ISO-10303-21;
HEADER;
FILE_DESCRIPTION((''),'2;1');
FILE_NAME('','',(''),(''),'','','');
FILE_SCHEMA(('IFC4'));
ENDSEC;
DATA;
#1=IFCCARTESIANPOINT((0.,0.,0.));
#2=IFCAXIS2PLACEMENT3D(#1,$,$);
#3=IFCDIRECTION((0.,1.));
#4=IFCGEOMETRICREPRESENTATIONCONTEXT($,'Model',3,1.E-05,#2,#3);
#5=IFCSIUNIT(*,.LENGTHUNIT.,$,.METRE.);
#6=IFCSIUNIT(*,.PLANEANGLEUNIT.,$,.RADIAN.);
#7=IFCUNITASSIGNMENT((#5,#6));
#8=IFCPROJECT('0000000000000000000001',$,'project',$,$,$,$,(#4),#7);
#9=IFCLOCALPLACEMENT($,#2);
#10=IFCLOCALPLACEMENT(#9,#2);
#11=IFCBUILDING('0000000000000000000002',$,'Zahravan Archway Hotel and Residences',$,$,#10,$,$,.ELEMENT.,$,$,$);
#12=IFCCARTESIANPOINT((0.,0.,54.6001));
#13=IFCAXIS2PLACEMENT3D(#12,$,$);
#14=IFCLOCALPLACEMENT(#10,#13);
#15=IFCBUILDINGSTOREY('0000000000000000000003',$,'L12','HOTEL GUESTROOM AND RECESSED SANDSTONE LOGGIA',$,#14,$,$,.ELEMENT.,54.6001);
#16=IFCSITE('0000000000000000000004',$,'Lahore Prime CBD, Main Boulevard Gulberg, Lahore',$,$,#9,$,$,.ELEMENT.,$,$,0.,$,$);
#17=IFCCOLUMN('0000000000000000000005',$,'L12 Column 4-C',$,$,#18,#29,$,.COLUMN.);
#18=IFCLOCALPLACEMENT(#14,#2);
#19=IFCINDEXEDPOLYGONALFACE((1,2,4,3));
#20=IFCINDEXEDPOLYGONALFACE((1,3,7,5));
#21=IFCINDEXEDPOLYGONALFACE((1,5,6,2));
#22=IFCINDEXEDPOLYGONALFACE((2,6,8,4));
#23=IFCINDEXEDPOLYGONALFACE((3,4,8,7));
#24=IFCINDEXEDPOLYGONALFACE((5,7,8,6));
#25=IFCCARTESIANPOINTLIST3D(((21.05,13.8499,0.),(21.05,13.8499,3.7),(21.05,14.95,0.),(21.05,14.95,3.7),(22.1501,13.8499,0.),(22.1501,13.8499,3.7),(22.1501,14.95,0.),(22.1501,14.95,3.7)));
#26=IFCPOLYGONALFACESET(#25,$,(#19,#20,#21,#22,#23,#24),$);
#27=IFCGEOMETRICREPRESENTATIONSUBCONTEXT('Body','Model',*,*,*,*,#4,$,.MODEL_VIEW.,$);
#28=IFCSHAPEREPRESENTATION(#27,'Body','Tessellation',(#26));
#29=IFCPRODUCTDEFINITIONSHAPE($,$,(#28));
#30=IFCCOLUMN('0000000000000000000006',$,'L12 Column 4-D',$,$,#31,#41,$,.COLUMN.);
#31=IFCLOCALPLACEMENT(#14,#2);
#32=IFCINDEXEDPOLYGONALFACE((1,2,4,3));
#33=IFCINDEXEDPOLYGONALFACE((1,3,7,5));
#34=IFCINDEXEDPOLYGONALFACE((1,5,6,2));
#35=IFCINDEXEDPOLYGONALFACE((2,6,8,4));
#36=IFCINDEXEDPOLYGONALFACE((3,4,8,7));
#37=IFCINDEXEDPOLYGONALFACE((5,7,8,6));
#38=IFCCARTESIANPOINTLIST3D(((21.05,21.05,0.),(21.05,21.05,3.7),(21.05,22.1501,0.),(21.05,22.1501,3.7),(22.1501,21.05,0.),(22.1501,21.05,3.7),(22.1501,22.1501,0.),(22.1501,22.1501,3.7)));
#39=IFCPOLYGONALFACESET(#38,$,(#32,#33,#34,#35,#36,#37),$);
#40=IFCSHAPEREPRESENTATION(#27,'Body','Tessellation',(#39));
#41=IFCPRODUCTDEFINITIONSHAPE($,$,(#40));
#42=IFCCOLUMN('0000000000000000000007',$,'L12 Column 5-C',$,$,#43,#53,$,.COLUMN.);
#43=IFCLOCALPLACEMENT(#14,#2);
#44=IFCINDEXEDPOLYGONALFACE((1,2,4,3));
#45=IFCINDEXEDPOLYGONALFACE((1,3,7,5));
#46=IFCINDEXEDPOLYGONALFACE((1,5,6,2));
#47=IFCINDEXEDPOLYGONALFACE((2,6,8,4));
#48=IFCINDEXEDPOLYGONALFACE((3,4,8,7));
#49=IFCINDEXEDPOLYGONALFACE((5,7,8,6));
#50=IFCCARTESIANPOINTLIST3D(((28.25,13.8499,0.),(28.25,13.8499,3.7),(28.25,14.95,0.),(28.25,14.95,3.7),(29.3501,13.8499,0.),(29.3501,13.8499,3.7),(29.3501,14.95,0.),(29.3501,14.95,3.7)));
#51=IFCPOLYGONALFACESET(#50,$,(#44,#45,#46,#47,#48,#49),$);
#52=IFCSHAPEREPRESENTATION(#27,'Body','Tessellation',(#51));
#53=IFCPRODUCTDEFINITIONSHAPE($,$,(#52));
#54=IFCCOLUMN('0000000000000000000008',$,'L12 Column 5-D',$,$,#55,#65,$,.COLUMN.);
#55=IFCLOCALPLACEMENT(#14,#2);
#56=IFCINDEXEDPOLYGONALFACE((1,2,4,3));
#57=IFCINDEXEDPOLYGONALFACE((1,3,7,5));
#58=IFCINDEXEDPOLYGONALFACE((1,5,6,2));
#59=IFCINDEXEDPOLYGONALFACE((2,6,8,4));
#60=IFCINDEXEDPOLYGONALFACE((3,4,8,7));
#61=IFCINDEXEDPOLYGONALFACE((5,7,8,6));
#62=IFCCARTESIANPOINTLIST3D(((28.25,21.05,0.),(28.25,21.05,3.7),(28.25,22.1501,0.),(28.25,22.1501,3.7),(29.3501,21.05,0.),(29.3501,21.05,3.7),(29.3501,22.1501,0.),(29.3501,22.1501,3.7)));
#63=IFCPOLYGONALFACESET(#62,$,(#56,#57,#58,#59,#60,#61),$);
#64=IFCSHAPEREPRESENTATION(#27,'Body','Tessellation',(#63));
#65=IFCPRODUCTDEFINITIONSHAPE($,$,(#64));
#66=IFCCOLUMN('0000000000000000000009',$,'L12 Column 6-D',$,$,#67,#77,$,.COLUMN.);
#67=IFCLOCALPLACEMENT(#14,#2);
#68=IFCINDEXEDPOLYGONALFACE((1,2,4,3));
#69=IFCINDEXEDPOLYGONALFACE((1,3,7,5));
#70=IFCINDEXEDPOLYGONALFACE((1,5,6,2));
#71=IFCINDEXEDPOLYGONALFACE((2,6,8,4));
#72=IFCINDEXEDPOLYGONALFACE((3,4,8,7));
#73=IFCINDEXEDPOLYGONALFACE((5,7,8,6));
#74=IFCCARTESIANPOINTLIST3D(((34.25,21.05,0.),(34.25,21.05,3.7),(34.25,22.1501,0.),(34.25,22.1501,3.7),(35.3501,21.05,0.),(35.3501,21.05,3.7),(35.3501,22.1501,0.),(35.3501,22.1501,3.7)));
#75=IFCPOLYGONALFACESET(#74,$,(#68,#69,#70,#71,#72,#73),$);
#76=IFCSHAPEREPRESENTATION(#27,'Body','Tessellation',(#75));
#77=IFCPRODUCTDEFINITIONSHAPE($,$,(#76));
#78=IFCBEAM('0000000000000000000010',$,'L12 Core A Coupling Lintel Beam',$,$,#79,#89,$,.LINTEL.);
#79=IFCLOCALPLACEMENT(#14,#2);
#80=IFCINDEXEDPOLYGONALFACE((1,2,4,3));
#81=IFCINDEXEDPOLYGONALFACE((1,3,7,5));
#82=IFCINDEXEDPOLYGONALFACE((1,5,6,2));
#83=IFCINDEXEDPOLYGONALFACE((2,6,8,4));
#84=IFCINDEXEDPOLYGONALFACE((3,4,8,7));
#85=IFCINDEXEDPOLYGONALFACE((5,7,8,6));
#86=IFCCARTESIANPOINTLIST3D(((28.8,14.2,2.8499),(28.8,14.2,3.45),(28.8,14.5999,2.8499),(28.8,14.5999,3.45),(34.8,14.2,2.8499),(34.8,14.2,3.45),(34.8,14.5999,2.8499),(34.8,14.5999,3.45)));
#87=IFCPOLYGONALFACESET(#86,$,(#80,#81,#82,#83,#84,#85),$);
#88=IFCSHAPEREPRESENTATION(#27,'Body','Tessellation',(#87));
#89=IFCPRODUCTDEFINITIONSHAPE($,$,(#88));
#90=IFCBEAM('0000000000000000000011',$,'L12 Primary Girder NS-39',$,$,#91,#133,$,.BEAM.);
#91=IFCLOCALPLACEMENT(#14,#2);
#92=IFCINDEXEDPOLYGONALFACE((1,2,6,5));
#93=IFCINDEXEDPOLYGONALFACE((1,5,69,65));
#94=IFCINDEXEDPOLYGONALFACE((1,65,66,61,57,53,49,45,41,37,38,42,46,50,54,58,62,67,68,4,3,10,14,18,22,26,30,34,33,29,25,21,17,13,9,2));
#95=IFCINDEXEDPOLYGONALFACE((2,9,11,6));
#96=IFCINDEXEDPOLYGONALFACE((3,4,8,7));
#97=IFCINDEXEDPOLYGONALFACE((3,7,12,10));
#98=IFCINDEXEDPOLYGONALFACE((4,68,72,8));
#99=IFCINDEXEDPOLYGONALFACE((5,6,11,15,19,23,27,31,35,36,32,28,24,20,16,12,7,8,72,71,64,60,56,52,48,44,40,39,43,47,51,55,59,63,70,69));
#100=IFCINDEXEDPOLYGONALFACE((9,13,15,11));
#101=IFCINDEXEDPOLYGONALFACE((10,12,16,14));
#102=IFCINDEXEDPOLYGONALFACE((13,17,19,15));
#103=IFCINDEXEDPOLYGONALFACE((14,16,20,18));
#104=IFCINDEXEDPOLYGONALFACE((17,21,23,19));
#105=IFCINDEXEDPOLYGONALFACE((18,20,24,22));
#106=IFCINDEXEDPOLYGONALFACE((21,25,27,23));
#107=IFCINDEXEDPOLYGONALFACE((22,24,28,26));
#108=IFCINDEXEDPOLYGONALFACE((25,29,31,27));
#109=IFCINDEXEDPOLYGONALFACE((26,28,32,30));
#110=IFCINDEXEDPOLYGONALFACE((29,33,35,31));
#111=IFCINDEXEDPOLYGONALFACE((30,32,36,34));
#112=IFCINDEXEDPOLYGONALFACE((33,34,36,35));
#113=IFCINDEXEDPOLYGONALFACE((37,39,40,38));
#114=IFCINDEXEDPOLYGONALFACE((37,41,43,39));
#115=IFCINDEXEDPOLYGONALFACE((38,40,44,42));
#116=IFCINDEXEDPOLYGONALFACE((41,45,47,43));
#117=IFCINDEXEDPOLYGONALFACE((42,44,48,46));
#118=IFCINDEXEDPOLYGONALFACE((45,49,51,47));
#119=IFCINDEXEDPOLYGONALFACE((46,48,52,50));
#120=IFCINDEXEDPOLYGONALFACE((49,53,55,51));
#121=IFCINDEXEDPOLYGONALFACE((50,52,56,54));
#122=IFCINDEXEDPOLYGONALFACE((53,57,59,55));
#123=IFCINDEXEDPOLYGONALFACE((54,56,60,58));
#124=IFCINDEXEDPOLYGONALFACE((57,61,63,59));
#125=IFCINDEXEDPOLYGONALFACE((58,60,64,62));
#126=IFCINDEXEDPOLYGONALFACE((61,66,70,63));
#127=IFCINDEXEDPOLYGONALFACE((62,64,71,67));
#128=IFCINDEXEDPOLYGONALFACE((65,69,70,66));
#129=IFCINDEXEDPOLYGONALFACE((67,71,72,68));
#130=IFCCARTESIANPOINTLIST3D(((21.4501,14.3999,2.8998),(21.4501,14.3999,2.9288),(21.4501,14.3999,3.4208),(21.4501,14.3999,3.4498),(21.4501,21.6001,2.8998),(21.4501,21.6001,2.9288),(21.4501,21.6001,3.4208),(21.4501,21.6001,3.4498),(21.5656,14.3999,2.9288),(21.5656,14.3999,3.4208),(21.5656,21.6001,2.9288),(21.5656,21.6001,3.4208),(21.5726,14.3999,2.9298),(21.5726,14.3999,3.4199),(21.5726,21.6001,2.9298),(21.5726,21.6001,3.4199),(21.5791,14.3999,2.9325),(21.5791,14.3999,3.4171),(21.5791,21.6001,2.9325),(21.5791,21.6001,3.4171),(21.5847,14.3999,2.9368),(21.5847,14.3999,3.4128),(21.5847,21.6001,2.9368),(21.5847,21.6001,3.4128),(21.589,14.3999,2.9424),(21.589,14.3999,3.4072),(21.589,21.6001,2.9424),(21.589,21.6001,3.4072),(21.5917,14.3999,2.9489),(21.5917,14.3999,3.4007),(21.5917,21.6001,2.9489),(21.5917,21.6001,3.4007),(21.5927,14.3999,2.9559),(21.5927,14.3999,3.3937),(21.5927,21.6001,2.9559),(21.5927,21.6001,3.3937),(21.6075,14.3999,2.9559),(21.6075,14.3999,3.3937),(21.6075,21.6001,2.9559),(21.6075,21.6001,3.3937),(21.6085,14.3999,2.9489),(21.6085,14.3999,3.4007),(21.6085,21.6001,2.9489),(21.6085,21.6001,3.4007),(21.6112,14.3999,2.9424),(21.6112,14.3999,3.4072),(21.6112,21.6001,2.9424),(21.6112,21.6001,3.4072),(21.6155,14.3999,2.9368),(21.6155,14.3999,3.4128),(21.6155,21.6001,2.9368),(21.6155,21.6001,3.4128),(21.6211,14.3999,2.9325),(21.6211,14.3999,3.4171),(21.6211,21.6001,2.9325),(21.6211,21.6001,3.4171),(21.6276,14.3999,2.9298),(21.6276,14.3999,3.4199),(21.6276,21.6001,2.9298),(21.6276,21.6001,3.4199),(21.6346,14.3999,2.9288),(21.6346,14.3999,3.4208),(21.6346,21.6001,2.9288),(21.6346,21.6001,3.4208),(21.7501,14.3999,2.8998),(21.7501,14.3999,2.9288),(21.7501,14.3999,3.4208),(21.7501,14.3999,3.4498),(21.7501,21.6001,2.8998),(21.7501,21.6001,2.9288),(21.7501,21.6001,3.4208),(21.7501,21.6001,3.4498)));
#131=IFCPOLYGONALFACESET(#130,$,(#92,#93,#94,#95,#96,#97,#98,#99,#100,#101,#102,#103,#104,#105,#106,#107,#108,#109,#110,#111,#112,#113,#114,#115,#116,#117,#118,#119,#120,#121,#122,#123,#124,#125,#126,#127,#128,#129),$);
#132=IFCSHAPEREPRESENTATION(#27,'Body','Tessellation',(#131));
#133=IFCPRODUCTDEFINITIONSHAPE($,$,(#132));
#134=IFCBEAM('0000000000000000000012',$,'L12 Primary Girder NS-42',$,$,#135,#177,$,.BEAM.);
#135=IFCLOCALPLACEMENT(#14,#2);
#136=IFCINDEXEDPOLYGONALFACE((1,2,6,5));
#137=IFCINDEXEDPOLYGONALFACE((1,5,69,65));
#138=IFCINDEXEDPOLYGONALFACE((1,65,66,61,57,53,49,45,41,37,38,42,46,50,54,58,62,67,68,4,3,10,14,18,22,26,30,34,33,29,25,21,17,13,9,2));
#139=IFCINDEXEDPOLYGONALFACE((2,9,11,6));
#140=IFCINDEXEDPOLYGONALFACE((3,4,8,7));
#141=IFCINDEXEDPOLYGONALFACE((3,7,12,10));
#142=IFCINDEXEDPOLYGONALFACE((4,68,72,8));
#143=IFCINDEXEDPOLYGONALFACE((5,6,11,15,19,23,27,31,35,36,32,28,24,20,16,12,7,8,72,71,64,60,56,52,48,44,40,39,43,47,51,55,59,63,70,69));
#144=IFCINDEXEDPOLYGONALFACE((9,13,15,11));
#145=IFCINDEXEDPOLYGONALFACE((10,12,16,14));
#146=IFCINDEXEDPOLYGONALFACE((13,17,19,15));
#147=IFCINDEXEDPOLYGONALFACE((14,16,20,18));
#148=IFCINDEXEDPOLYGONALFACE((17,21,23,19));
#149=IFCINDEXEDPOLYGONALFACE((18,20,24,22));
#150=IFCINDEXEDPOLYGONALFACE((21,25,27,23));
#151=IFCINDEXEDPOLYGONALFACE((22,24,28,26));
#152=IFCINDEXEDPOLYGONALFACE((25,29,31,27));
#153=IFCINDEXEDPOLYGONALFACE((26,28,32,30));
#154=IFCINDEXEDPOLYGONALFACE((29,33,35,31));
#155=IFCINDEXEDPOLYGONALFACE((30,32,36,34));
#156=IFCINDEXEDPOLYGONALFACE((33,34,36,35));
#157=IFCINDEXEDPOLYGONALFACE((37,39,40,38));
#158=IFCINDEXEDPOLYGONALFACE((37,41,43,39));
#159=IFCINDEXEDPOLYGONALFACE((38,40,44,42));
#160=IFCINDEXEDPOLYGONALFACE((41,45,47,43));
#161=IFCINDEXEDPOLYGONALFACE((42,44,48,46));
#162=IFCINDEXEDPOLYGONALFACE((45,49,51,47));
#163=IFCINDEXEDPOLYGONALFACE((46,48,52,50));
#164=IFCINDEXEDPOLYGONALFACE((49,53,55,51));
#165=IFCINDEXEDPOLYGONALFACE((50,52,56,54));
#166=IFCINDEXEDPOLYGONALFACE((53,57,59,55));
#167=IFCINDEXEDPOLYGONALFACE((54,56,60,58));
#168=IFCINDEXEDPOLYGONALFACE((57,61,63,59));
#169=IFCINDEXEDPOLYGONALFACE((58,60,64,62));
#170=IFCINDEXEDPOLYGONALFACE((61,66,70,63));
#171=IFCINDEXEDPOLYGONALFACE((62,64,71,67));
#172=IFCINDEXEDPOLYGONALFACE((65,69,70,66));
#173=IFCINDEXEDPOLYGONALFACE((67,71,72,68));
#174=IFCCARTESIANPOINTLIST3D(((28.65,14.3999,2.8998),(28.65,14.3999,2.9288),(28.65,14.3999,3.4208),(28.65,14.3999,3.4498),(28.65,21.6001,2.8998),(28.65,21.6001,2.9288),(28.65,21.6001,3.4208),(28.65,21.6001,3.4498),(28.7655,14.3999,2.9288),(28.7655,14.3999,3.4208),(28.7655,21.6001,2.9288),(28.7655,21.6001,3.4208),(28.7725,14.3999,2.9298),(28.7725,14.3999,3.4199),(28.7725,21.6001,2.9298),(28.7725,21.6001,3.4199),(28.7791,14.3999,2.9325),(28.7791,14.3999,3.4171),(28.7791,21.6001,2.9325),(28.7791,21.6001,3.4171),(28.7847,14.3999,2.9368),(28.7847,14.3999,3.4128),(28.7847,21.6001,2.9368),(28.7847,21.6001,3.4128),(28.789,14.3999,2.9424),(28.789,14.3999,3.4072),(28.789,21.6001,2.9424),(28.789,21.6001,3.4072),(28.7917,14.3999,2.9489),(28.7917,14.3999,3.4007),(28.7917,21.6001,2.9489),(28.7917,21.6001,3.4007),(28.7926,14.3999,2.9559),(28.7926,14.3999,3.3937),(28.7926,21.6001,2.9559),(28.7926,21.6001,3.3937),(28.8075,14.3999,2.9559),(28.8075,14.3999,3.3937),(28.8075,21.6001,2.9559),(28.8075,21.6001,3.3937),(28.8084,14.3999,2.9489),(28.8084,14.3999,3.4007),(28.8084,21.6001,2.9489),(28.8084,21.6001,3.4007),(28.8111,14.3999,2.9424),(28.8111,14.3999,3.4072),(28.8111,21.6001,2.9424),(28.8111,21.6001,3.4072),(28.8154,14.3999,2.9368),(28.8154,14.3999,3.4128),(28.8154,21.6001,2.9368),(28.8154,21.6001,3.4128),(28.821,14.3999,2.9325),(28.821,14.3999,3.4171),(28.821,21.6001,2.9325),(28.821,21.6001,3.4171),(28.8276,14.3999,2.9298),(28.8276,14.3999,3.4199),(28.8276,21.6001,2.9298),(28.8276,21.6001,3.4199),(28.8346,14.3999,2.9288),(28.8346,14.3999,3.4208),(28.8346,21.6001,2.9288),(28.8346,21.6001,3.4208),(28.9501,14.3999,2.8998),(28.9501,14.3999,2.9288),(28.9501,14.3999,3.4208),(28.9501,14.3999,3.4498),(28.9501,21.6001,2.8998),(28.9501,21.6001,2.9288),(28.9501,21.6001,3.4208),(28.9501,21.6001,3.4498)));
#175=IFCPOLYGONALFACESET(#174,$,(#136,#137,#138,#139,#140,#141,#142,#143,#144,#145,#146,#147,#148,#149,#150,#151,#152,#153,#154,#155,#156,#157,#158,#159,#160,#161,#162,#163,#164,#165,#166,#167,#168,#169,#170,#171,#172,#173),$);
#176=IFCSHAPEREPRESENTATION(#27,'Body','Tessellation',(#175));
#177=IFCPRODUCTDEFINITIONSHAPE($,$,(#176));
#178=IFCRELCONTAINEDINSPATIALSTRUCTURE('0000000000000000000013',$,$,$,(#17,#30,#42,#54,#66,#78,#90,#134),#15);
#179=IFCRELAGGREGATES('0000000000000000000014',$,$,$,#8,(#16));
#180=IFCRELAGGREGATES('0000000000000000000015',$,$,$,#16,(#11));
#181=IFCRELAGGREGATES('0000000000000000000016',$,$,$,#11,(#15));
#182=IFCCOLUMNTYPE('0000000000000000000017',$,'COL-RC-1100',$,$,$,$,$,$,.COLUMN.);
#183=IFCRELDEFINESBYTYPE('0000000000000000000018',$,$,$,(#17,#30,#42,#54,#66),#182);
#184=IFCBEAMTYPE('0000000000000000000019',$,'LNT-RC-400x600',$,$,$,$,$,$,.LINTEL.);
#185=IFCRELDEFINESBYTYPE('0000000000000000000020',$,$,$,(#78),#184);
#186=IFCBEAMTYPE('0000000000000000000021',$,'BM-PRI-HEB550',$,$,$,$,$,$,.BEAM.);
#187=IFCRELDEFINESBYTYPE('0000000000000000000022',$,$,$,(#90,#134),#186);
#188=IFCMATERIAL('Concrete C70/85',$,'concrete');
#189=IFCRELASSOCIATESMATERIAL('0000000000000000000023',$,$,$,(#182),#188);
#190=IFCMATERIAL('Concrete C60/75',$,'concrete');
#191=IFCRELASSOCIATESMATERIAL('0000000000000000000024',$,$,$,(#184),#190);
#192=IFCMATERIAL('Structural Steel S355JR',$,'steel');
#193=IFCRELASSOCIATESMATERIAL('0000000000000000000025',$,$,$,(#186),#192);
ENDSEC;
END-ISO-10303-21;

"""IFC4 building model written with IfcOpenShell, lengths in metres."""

from ifc_helpers import new_model, si_unit, direction, frame, origin, origin_2d, place, context, subcontext, project, spatial, rectangle, i_section, extrude, source, transform, mapped, material, material_profile, profile_set, type_object, type_shapes, element, save


model = new_model("IFC4")

# Units and contexts
model_context = context("Model", 3, precision=1e-05, world=origin(), true_north=direction((0.0, 1.0)))
body_context = subcontext(model_context, "Body", "Model", "MODEL_VIEW")
ifc_project = project(units=[si_unit("LENGTHUNIT", "METRE"), si_unit("PLANEANGLEUNIT", "RADIAN")], contexts=[model_context])

# Site, building, storey
site_placement = place(None, origin())
site = spatial("IfcSite", under=ifc_project, at=site_placement, Name="Lahore Prime CBD, Main Boulevard Gulberg, Lahore", CompositionType="ELEMENT", RefElevation=0.0)
building_placement = place(site_placement, origin())
building = spatial("IfcBuilding", under=site, at=building_placement, Name="Zahravan Archway Hotel and Residences", CompositionType="ELEMENT")
storey_placement = place(building_placement, frame((0.0, 0.0, 54.6001)))
storey = spatial("IfcBuildingStorey", under=building, at=storey_placement, Name="L12", Description="HOTEL GUESTROOM AND RECESSED SANDSTONE LOGGIA", CompositionType="ELEMENT", Elevation=54.6001)

# Columns
ifc_material_1 = material(Name="Concrete C70/85", Category="concrete")
ifc_material_profile_1 = material_profile(ifc_material_1, rectangle(XDim=1.1001, YDim=1.1001, at=origin_2d()), Name="RC 1100x1100", Category="concrete")
ifc_profile_set_1 = profile_set([ifc_material_profile_1], Name="Concrete C70/85")
column_type = type_object("IfcColumnType", Name="COL-RC-1100", PredefinedType="COLUMN", material=ifc_profile_set_1)
shared_shape_1 = source(origin(), body_context, "Body", "SweptSolid", [
    extrude(rectangle(XDim=1.1001, YDim=1.1001, at=origin_2d()), origin(), (0.0, 0.0, 1.0), 3.7),
])
for number, where, z_axis, x_axis, name in (
    (1, (21.6001, 14.3999, 0.0), (0.0, 0.0, 1.0), (1.0, 0.0, 0.0), "L12 Column 4-C"),
    (2, (21.6001, 21.6001, 0.0), (0.0, 0.0, 1.0), (1.0, 0.0, 0.0), "L12 Column 4-D"),
    (3, (28.8, 14.3999, 0.0), (0.0, 0.0, 1.0), (1.0, 0.0, 0.0), "L12 Column 5-C"),
    (4, (28.8, 21.6001, 0.0), (0.0, 0.0, 1.0), (1.0, 0.0, 0.0), "L12 Column 5-D"),
    (5, (34.8, 21.6001, 0.0), (0.0, 0.0, 1.0), (1.0, 0.0, 0.0), "L12 Column 6-D"),
):
    element("IfcColumn", number, at=place(storey_placement, frame(where, z_axis=z_axis, x_axis=x_axis)), inside=storey, type_object=column_type, Name=name, PredefinedType="COLUMN", context=body_context, shape_type="MappedRepresentation", body=[
        mapped(shared_shape_1, transform((0.0, 0.0, 0.0), scale=1.0)),
    ])

# Beams
ifc_material_2 = material(Name="Concrete C60/75", Category="concrete")
ifc_material_profile_2 = material_profile(ifc_material_2, rectangle(XDim=0.3999, YDim=0.6001, at=origin_2d()), Name="RC-LNT-400x600", Category="concrete")
ifc_profile_set_2 = profile_set([ifc_material_profile_2], Name="Concrete C60/75")
beam_type_1 = type_object("IfcBeamType", Name="LNT-RC-400x600", PredefinedType="LINTEL", material=ifc_profile_set_2)
shared_shape_2 = source(origin(), body_context, "Body", "SweptSolid", [
    extrude(rectangle(XDim=0.3999, YDim=0.6001, at=origin_2d()), origin(), (0.0, 0.0, 1.0), 6.0),
])
type_shapes(beam_type_1, [shared_shape_2])
beam_1_placement = place(storey_placement, frame((28.8, 14.3999, 3.1499), z_axis=(1.0, 0.0, 0.0), x_axis=(0.0, 1.0, 0.0)))
element("IfcBeam", 6, at=beam_1_placement, inside=storey, type_object=beam_type_1, Name="L12 Core A Coupling Lintel Beam", PredefinedType="LINTEL", context=body_context, shape_type="MappedRepresentation", body=[
    mapped(shared_shape_2, transform((0.0, 0.0, 0.0), scale=1.0)),
])
ifc_material_3 = material(Name="Structural Steel S355JR", Category="steel")
ifc_material_profile_3 = material_profile(ifc_material_3, i_section(OverallWidth=0.3, OverallDepth=0.55, WebThickness=0.0149, FlangeThickness=0.0291, FilletRadius=0.0271, at=origin_2d()), Name="HEB 550", Category="steel")
ifc_profile_set_3 = profile_set([ifc_material_profile_3], Name="Structural Steel S355JR")
beam_type_2 = type_object("IfcBeamType", Name="BM-PRI-HEB550", PredefinedType="BEAM", material=ifc_profile_set_3)
shared_shape_3 = source(origin(), body_context, "Body", "SweptSolid", [
    extrude(i_section(OverallWidth=0.3, OverallDepth=0.55, WebThickness=0.0149, FlangeThickness=0.0291, FilletRadius=0.0271, at=origin_2d()), origin(), (0.0, 0.0, 1.0), 7.2002),
])
type_shapes(beam_type_2, [shared_shape_3])
for number, where, z_axis, x_axis, name in (
    (7, (21.6001, 14.3999, 3.1748), (0.0, 1.0, 0.0), (-1.0, 0.0, 0.0), "L12 Primary Girder NS-39"),
    (8, (28.8, 14.3999, 3.1748), (0.0, 1.0, 0.0), (-1.0, 0.0, 0.0), "L12 Primary Girder NS-42"),
):
    element("IfcBeam", number, at=place(storey_placement, frame(where, z_axis=z_axis, x_axis=x_axis)), inside=storey, type_object=beam_type_2, Name=name, PredefinedType="BEAM", context=body_context, shape_type="MappedRepresentation", body=[
        mapped(shared_shape_3, transform((0.0, 0.0, 0.0), scale=1.0)),
    ])

save(model, "model.ifc")
